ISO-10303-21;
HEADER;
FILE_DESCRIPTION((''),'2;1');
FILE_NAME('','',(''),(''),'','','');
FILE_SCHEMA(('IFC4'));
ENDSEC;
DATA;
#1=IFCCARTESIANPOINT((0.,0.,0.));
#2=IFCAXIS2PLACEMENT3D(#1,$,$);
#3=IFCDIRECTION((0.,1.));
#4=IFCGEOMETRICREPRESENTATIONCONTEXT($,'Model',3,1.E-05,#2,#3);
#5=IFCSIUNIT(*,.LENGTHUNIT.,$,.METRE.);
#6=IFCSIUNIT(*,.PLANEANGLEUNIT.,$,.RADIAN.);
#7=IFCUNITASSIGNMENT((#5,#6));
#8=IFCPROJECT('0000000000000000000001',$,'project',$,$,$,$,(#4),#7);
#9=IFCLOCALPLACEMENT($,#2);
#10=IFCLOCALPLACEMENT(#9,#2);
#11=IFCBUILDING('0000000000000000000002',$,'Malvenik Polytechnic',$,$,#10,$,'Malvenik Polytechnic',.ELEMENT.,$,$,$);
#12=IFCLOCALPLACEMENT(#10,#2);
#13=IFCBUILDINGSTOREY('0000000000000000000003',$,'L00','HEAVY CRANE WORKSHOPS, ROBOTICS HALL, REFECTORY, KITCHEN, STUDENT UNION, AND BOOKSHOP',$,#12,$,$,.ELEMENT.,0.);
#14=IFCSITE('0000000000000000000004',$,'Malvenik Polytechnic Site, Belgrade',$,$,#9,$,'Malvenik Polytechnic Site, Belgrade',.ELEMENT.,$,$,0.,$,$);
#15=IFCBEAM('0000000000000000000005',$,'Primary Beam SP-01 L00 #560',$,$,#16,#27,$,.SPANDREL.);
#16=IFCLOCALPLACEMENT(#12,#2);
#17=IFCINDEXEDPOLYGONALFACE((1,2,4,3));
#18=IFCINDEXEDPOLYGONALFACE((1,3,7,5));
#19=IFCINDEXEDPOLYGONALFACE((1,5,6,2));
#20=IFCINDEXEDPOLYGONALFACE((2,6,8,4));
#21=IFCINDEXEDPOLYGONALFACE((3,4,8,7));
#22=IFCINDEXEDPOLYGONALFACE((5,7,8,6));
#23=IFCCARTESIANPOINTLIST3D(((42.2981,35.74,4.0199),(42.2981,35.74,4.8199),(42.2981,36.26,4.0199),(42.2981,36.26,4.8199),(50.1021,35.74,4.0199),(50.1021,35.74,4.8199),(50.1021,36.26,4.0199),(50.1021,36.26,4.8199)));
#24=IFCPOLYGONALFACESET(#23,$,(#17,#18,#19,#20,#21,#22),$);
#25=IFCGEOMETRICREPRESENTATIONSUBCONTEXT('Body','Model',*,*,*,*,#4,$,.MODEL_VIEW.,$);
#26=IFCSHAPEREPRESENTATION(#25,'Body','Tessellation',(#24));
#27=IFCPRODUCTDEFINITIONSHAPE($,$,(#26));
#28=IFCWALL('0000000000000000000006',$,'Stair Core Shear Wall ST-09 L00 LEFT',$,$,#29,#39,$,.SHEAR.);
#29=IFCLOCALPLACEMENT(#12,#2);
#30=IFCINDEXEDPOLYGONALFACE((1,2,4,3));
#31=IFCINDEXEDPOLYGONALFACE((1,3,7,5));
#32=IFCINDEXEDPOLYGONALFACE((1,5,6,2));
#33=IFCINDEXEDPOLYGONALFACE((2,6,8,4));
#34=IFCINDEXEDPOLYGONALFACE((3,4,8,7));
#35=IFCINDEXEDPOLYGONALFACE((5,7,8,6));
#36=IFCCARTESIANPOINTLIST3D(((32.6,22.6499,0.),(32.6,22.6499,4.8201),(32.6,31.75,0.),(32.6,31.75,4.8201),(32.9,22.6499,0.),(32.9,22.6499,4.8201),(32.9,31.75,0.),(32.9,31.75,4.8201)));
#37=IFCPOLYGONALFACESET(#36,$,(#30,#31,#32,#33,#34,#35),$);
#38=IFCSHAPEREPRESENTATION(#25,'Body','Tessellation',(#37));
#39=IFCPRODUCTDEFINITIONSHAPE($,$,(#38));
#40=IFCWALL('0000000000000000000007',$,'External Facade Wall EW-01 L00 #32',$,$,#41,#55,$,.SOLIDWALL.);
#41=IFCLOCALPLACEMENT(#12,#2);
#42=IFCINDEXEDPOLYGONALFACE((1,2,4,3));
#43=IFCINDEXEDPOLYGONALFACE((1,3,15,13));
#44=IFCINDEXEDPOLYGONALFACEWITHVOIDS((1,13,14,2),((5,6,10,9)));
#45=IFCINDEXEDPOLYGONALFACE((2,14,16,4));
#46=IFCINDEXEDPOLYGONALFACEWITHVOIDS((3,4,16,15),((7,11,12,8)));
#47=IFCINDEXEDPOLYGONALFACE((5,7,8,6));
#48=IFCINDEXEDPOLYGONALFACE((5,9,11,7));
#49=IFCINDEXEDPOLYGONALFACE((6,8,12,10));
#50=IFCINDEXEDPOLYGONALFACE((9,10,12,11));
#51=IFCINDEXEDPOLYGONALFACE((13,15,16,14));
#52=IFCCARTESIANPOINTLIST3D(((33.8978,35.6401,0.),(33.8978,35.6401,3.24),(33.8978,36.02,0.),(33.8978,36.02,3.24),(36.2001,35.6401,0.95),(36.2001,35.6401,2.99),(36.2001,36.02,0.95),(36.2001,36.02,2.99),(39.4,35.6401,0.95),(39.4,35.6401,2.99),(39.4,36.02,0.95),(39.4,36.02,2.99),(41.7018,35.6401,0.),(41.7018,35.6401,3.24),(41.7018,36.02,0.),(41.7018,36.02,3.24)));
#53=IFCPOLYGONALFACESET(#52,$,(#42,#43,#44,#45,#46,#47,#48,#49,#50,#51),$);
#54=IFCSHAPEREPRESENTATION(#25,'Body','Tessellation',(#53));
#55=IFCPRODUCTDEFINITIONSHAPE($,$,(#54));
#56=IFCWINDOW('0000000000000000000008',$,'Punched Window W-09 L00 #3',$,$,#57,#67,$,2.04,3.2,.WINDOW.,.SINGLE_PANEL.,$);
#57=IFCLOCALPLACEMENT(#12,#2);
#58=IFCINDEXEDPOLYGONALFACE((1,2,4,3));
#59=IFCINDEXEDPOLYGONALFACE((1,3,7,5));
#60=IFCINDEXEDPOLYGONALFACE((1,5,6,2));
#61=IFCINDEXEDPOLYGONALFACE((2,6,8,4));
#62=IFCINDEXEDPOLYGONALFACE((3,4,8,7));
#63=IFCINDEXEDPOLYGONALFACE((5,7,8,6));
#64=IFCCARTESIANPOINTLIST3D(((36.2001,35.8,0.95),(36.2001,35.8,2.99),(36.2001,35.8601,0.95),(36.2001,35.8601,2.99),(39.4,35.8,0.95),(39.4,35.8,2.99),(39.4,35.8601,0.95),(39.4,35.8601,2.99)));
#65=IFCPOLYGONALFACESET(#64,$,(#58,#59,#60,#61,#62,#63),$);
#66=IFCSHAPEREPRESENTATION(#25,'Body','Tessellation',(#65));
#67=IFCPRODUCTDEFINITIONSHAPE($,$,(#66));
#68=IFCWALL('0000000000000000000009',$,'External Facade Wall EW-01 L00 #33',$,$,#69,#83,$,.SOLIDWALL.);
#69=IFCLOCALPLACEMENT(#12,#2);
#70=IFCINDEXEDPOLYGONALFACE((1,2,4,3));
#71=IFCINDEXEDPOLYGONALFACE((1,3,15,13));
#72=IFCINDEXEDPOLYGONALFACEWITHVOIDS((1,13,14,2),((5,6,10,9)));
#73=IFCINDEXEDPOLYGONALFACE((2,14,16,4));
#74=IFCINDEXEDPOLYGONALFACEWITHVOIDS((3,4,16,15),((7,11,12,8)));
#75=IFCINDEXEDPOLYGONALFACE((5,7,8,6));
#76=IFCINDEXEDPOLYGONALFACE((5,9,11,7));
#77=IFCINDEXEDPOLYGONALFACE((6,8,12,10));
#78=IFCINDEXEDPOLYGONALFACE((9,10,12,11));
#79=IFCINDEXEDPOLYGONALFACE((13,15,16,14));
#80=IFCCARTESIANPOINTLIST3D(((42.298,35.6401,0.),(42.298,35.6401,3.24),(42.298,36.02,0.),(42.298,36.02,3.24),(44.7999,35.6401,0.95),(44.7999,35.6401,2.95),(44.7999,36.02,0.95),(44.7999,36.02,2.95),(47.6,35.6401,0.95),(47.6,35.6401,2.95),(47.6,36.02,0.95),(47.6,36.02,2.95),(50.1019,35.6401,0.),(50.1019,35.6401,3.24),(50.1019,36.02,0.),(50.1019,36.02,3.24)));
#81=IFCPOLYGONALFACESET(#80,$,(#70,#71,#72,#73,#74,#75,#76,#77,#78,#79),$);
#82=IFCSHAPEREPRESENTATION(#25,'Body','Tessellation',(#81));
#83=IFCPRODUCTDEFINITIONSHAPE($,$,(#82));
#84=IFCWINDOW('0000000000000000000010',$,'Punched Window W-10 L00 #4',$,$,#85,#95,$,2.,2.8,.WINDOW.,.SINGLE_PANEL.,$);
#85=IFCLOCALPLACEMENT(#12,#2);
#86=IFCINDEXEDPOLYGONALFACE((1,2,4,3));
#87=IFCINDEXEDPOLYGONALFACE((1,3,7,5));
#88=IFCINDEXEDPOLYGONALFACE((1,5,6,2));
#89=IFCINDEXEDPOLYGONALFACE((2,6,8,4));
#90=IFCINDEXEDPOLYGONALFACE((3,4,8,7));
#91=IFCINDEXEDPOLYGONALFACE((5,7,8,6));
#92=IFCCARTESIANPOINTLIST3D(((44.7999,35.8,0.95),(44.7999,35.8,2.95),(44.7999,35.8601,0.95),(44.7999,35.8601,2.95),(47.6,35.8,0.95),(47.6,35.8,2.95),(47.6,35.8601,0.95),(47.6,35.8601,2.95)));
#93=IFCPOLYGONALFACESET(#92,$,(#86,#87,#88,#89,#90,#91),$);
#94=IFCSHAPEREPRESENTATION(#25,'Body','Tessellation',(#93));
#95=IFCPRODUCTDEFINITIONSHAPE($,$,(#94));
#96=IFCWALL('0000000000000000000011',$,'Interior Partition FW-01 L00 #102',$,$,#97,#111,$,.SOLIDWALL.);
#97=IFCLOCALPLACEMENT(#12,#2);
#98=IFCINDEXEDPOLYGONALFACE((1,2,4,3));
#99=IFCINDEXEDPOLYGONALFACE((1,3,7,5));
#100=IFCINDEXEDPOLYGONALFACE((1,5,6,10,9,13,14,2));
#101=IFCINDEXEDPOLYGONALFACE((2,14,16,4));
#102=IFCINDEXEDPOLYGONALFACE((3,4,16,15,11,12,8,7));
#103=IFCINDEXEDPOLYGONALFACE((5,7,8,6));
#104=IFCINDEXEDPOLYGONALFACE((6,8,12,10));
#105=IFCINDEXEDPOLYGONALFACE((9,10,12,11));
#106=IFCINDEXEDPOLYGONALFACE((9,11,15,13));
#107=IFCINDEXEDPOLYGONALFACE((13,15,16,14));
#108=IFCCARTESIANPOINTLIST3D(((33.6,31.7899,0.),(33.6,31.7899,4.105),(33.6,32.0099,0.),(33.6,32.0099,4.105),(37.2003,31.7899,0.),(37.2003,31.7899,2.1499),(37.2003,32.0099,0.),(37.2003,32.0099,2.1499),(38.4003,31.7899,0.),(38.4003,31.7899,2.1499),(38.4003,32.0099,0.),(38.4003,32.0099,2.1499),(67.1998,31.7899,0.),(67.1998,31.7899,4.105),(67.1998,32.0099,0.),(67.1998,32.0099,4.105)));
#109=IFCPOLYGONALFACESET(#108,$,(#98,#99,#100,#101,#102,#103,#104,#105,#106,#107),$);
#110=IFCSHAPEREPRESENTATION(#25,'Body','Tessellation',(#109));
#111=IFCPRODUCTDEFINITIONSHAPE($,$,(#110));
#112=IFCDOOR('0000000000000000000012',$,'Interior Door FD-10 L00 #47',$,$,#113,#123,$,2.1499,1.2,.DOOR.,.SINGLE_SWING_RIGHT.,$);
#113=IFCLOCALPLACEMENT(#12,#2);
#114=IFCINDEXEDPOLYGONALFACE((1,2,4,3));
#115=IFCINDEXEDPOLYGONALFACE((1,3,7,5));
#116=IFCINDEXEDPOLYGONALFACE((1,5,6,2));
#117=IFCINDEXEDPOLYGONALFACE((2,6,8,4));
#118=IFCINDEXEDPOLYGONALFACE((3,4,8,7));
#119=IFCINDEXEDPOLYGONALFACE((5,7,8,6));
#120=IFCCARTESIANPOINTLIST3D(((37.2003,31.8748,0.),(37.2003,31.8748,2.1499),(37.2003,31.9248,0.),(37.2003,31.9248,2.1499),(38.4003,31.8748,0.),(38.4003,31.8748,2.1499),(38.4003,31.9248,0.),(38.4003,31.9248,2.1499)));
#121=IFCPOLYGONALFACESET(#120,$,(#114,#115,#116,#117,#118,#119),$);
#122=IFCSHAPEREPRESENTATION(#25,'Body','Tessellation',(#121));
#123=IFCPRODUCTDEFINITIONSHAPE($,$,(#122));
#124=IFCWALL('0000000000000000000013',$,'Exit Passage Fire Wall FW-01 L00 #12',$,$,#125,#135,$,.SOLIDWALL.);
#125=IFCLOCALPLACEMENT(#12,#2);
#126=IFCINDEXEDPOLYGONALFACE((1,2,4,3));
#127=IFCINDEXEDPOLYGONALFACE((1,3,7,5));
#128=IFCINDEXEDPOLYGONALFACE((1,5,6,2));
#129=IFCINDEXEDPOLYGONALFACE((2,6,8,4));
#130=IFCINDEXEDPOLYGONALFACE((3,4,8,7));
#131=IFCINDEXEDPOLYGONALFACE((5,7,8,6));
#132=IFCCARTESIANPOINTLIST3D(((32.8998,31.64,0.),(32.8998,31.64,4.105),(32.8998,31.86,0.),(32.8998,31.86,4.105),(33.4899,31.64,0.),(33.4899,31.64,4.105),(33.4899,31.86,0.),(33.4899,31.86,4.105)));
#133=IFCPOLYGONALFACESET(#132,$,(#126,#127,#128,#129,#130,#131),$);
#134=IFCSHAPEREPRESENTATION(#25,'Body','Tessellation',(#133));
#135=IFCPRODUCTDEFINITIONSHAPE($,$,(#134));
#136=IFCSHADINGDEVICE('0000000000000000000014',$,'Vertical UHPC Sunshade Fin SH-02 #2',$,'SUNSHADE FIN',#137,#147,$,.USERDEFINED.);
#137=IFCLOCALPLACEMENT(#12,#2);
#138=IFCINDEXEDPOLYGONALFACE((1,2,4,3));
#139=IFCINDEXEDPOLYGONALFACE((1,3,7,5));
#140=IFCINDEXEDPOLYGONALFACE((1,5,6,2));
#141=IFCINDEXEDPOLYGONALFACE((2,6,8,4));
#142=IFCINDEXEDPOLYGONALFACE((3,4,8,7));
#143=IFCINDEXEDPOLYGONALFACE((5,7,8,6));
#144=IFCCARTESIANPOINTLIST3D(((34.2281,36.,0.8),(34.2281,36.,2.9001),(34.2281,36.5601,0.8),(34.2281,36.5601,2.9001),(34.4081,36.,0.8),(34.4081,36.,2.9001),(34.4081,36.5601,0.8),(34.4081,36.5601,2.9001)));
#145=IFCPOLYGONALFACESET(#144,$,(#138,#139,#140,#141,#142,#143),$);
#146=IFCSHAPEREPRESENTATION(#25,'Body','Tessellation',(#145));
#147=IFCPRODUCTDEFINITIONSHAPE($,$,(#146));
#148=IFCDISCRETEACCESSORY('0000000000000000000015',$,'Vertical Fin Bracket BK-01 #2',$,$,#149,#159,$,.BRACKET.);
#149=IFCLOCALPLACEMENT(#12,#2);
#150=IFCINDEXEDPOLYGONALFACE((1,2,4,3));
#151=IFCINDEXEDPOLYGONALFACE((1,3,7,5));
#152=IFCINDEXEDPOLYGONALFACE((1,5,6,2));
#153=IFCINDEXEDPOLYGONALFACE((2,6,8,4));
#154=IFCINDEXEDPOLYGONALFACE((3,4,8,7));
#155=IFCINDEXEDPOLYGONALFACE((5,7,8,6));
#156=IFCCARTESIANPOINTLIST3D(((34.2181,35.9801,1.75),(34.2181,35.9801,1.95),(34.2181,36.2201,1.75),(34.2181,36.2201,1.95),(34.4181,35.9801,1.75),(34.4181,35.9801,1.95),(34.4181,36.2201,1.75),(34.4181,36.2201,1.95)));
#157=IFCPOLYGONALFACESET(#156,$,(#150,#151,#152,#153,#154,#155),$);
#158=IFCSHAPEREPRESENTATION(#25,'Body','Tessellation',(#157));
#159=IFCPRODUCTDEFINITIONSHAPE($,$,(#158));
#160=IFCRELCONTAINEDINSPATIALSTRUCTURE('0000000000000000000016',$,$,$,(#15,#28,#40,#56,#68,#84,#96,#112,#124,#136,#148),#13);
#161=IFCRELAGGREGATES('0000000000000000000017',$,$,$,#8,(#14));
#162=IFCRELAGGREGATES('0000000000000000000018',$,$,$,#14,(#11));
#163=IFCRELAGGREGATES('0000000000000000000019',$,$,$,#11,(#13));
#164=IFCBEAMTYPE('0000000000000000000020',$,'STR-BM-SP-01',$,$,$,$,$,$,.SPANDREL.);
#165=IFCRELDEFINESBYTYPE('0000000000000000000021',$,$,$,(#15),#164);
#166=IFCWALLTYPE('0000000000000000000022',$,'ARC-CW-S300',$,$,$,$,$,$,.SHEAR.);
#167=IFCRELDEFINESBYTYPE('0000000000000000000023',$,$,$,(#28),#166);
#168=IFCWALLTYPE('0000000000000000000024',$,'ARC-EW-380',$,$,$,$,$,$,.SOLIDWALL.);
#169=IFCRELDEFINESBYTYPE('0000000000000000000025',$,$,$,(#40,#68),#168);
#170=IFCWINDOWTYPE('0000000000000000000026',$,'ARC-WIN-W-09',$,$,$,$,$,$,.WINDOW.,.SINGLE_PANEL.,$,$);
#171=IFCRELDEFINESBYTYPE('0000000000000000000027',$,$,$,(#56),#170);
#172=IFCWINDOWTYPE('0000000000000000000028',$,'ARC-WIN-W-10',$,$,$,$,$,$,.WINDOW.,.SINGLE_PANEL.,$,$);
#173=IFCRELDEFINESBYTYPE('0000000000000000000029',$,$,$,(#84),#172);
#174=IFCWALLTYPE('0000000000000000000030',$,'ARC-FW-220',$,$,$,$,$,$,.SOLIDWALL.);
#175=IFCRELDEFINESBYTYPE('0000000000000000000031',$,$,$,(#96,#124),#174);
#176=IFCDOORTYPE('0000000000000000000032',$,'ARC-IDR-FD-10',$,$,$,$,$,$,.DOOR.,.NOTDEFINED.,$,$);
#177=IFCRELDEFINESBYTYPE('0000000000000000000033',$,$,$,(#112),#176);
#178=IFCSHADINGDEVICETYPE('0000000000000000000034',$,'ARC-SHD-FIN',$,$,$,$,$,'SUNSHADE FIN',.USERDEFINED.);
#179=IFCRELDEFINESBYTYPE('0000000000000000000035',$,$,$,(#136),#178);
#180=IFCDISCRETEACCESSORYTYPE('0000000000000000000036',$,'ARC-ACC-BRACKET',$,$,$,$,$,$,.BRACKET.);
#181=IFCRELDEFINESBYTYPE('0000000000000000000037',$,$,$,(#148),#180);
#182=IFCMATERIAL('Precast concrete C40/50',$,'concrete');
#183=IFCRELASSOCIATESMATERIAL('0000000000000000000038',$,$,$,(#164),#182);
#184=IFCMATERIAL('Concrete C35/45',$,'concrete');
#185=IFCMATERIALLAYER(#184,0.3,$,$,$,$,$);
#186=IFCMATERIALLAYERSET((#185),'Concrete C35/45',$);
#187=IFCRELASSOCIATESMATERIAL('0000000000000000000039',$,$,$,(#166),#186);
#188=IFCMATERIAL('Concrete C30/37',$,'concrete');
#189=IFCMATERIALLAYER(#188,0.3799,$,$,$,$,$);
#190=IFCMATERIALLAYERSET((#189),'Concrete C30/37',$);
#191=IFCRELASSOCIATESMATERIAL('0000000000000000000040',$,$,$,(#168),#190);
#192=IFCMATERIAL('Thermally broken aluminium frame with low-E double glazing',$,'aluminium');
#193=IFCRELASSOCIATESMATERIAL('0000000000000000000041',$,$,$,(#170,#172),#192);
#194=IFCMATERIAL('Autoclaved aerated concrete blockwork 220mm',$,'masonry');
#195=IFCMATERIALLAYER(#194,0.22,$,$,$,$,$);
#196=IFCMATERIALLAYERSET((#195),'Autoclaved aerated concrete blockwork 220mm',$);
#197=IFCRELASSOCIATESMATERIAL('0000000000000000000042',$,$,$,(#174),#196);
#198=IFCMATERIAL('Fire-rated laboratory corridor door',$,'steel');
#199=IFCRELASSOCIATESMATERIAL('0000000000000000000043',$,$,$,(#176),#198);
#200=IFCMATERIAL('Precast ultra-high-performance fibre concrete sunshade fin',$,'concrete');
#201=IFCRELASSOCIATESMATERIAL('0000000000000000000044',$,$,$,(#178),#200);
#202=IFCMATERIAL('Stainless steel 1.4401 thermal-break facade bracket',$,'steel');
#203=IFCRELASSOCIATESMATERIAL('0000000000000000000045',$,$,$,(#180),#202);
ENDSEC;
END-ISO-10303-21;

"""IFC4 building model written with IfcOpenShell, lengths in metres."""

from ifc_helpers import new_model, si_unit, direction, frame, frame_2d, origin, origin_2d, place, context, subcontext, project, spatial, rectangle, extrude, material, layer, layer_set, material_profile, profile_set, type_object, element, fill, save


model = new_model("IFC4")

# Units and contexts
model_context = context("Model", 3, precision=1e-05, world=origin(), true_north=direction((0.0, 1.0)))
body_context = subcontext(model_context, "Body", "Model", "MODEL_VIEW")
ifc_project = project(units=[si_unit("LENGTHUNIT", "METRE"), si_unit("PLANEANGLEUNIT", "RADIAN")], contexts=[model_context])

# Site, building, storey
site_placement = place(None, origin())
site = spatial("IfcSite", under=ifc_project, at=site_placement, Name="Malvenik Polytechnic Site, Belgrade", LongName="Malvenik Polytechnic Site, Belgrade", CompositionType="ELEMENT", RefElevation=0.0)
building_placement = place(site_placement, origin())
building = spatial("IfcBuilding", under=site, at=building_placement, Name="Malvenik Polytechnic", LongName="Malvenik Polytechnic", CompositionType="ELEMENT")
storey_placement = place(building_placement, origin())
storey = spatial("IfcBuildingStorey", under=building, at=storey_placement, Name="L00", Description="HEAVY CRANE WORKSHOPS, ROBOTICS HALL, REFECTORY, KITCHEN, STUDENT UNION, AND BOOKSHOP", CompositionType="ELEMENT", Elevation=0.0)

# Shared definitions
ifc_material_1 = material(Name="Concrete C35/45", Category="concrete")

# Beam
ifc_material_2 = material(Name="Precast concrete C40/50", Category="concrete")
ifc_material_profile_1 = material_profile(ifc_material_2, rectangle(XDim=0.52, YDim=0.8, at=origin_2d()), Name="PC SPN 520x800")
ifc_profile_set_1 = profile_set([ifc_material_profile_1], Name="Precast concrete C40/50")
beam_type_1 = type_object("IfcBeamType", Name="STR-BM-SP-01", PredefinedType="SPANDREL", material=ifc_profile_set_1)
for number, where, z_axis, x_axis, name in (
    (1, (42.2981, 36.0, 4.4199), (1.0, 0.0, 0.0), (0.0, 1.0, 0.0), "Primary Beam SP-01 L00 #560"),
):
    element("IfcBeam", number, at=place(storey_placement, frame(where, z_axis=z_axis, x_axis=x_axis)), inside=storey, type_object=beam_type_1, Name=name, PredefinedType="SPANDREL", context=body_context, shape_type="SweptSolid", body=[
        extrude(rectangle(XDim=0.52, YDim=0.8, at=origin_2d()), origin(), (0.0, 0.0, 1.0), 7.804),
    ])

# Wall
ifc_layer_1 = layer(ifc_material_1, 0.3)
ifc_layer_set_1 = layer_set([ifc_layer_1], Name="Concrete C35/45")
wall_type_1 = type_object("IfcWallType", Name="ARC-CW-S300", PredefinedType="SHEAR", material=ifc_layer_set_1)
wall_1_placement = place(storey_placement, frame((32.75, 31.75, 0.0), z_axis=(0.0, 0.0, 1.0), x_axis=(0.0, -1.0, 0.0)))
element("IfcWall", 2, at=wall_1_placement, inside=storey, type_object=wall_type_1, Name="Stair Core Shear Wall ST-09 L00 LEFT", PredefinedType="SHEAR", context=body_context, shape_type="SweptSolid", body=[
    extrude(rectangle(XDim=9.1001, YDim=0.3, at=frame_2d((4.55, 0.0))), origin(), (0.0, 0.0, 1.0), 4.8201),
])

# Walls, openings, windows
ifc_material_3 = material(Name="Concrete C30/37", Category="concrete")
ifc_layer_2 = layer(ifc_material_3, 0.3799)
ifc_layer_set_2 = layer_set([ifc_layer_2], Name="Concrete C30/37")
wall_type_2 = type_object("IfcWallType", Name="ARC-EW-380", PredefinedType="SOLIDWALL", material=ifc_layer_set_2)
wall_2_placement = place(storey_placement, frame((33.8979, 35.8301, 0.0), z_axis=(0.0, 0.0, 1.0), x_axis=(1.0, 0.0, 0.0)))
wall_2 = element("IfcWall", 3, at=wall_2_placement, inside=storey, type_object=wall_type_2, Name="External Facade Wall EW-01 L00 #32", PredefinedType="SOLIDWALL", context=body_context, shape_type="SweptSolid", body=[
    extrude(rectangle(XDim=7.804, YDim=0.3799, at=frame_2d((3.9019, 0.0))), origin(), (0.0, 0.0, 1.0), 3.24),
])
opening_1_placement = place(wall_2_placement, frame((2.302, 0.0, 0.95)))
opening_1 = element("IfcOpeningElement", 4, at=opening_1_placement, cuts=wall_2, PredefinedType="OPENING", context=body_context, shape_type="SweptSolid", body=[
    extrude(rectangle(XDim=3.2, YDim=2.04, at=frame_2d((1.6001, 1.02))), frame((0.0, 0.2, 0.0), z_axis=(0.0, -1.0, 0.0), x_axis=(1.0, 0.0, 0.0)), (0.0, 0.0, 1.0), 0.3999),
])
ifc_material_4 = material(Name="Thermally broken aluminium frame with low-E double glazing", Category="aluminium")
window_type_1 = type_object("IfcWindowType", Name="ARC-WIN-W-09", PartitioningType="SINGLE_PANEL", PredefinedType="WINDOW", material=ifc_material_4)
window_1_placement = place(opening_1_placement, origin())
window_1 = element("IfcWindow", 5, at=window_1_placement, inside=storey, type_object=window_type_1, Name="Punched Window W-09 L00 #3", OverallHeight=2.04, OverallWidth=3.2, PartitioningType="SINGLE_PANEL", PredefinedType="WINDOW", context=body_context, shape_type="SweptSolid", body=[
    extrude(rectangle(XDim=3.2, YDim=2.04, at=frame_2d((1.6001, 1.02))), frame((0.0, 0.03, 0.0), z_axis=(0.0, -1.0, 0.0), x_axis=(1.0, 0.0, 0.0)), (0.0, 0.0, 1.0), 0.0601),
])
fill(opening_1, window_1)
wall_3_placement = place(storey_placement, frame((42.2981, 35.8301, 0.0), z_axis=(0.0, 0.0, 1.0), x_axis=(1.0, 0.0, 0.0)))
wall_3 = element("IfcWall", 6, at=wall_3_placement, inside=storey, type_object=wall_type_2, Name="External Facade Wall EW-01 L00 #33", PredefinedType="SOLIDWALL", context=body_context, shape_type="SweptSolid", body=[
    extrude(rectangle(XDim=7.804, YDim=0.3799, at=frame_2d((3.9019, 0.0))), origin(), (0.0, 0.0, 1.0), 3.24),
])
opening_2_placement = place(wall_3_placement, frame((2.502, 0.0, 0.95)))
opening_2 = element("IfcOpeningElement", 7, at=opening_2_placement, cuts=wall_3, PredefinedType="OPENING", context=body_context, shape_type="SweptSolid", body=[
    extrude(rectangle(XDim=2.8, YDim=2.0, at=frame_2d((1.3999, 1.0))), frame((0.0, 0.2, 0.0), z_axis=(0.0, -1.0, 0.0), x_axis=(1.0, 0.0, 0.0)), (0.0, 0.0, 1.0), 0.3999),
])
window_type_2 = type_object("IfcWindowType", Name="ARC-WIN-W-10", PartitioningType="SINGLE_PANEL", PredefinedType="WINDOW", material=ifc_material_4)
window_2_placement = place(opening_2_placement, origin())
window_2 = element("IfcWindow", 8, at=window_2_placement, inside=storey, type_object=window_type_2, Name="Punched Window W-10 L00 #4", OverallHeight=2.0, OverallWidth=2.8, PartitioningType="SINGLE_PANEL", PredefinedType="WINDOW", context=body_context, shape_type="SweptSolid", body=[
    extrude(rectangle(XDim=2.8, YDim=2.0, at=frame_2d((1.3999, 1.0))), frame((0.0, 0.03, 0.0), z_axis=(0.0, -1.0, 0.0), x_axis=(1.0, 0.0, 0.0)), (0.0, 0.0, 1.0), 0.0601),
])
fill(opening_2, window_2)

# Wall, opening, door
ifc_material_5 = material(Name="Autoclaved aerated concrete blockwork 220mm", Category="masonry")
ifc_layer_3 = layer(ifc_material_5, 0.22)
ifc_layer_set_3 = layer_set([ifc_layer_3], Name="Autoclaved aerated concrete blockwork 220mm")
wall_type_3 = type_object("IfcWallType", Name="ARC-FW-220", PredefinedType="SOLIDWALL", material=ifc_layer_set_3)
wall_4_placement = place(storey_placement, frame((33.6001, 31.8999, 0.0), z_axis=(0.0, 0.0, 1.0), x_axis=(1.0, 0.0, 0.0)))
wall_4 = element("IfcWall", 9, at=wall_4_placement, inside=storey, type_object=wall_type_3, Name="Interior Partition FW-01 L00 #102", PredefinedType="SOLIDWALL", context=body_context, shape_type="SweptSolid", body=[
    extrude(rectangle(XDim=33.5999, YDim=0.22, at=frame_2d((16.7998, 0.0))), origin(), (0.0, 0.0, 1.0), 4.105),
])
opening_3_placement = place(wall_4_placement, frame((3.6001, 0.0, 0.0)))
opening_3 = element("IfcOpeningElement", 10, at=opening_3_placement, cuts=wall_4, PredefinedType="OPENING", context=body_context, shape_type="SweptSolid", body=[
    extrude(rectangle(XDim=1.2, YDim=2.1499, at=frame_2d((0.6001, 1.075))), frame((0.0, 0.1201, 0.0), z_axis=(0.0, -1.0, 0.0), x_axis=(1.0, 0.0, 0.0)), (0.0, 0.0, 1.0), 0.24),
])
ifc_material_6 = material(Name="Fire-rated laboratory corridor door", Category="steel")
door_type = type_object("IfcDoorType", Name="ARC-IDR-FD-10", OperationType="NOTDEFINED", PredefinedType="DOOR", material=ifc_material_6)
door_placement = place(opening_3_placement, origin())
door = element("IfcDoor", 11, at=door_placement, inside=storey, type_object=door_type, Name="Interior Door FD-10 L00 #47", OperationType="SINGLE_SWING_RIGHT", OverallHeight=2.1499, OverallWidth=1.2, PredefinedType="DOOR", context=body_context, shape_type="SweptSolid", body=[
    extrude(rectangle(XDim=1.2, YDim=2.1499, at=frame_2d((0.6001, 1.075))), frame((0.0, 0.0249, 0.0), z_axis=(0.0, -1.0, 0.0), x_axis=(1.0, 0.0, 0.0)), (0.0, 0.0, 1.0), 0.05),
])
fill(opening_3, door)

# Wall
wall_5_placement = place(storey_placement, frame((32.8999, 31.75, 0.0), z_axis=(0.0, 0.0, 1.0), x_axis=(1.0, 0.0, 0.0)))
element("IfcWall", 12, at=wall_5_placement, inside=storey, type_object=wall_type_3, Name="Exit Passage Fire Wall FW-01 L00 #12", PredefinedType="SOLIDWALL", context=body_context, shape_type="SweptSolid", body=[
    extrude(rectangle(XDim=0.5901, YDim=0.22, at=frame_2d((0.2949, 0.0))), origin(), (0.0, 0.0, 1.0), 4.105),
])

# Shading device
ifc_material_7 = material(Name="Precast ultra-high-performance fibre concrete sunshade fin", Category="concrete")
shading_device_type = type_object("IfcShadingDeviceType", Name="ARC-SHD-FIN", ElementType="SUNSHADE FIN", PredefinedType="USERDEFINED", material=ifc_material_7)
shading_device_placement = place(storey_placement, frame((34.3181, 36.28, 0.8), z_axis=(0.0, 0.0, 1.0), x_axis=(1.0, 0.0, 0.0)))
element("IfcShadingDevice", 13, at=shading_device_placement, inside=storey, type_object=shading_device_type, Name="Vertical UHPC Sunshade Fin SH-02 #2", ObjectType="SUNSHADE FIN", PredefinedType="USERDEFINED", context=body_context, shape_type="SweptSolid", body=[
    extrude(rectangle(XDim=0.1799, YDim=0.5601, at=origin_2d()), origin(), (0.0, 0.0, 1.0), 2.1001),
])

# Discrete accessory
ifc_material_8 = material(Name="Stainless steel 1.4401 thermal-break facade bracket", Category="steel")
discrete_accessory_type = type_object("IfcDiscreteAccessoryType", Name="ARC-ACC-BRACKET", PredefinedType="BRACKET", material=ifc_material_8)
discrete_accessory_placement = place(storey_placement, frame((34.3181, 36.1001, 1.75), z_axis=(0.0, 0.0, 1.0), x_axis=(1.0, 0.0, 0.0)))
element("IfcDiscreteAccessory", 14, at=discrete_accessory_placement, inside=storey, type_object=discrete_accessory_type, Name="Vertical Fin Bracket BK-01 #2", PredefinedType="BRACKET", context=body_context, shape_type="SweptSolid", body=[
    extrude(rectangle(XDim=0.2, YDim=0.24, at=origin_2d()), origin(), (0.0, 0.0, 1.0), 0.2),
])

save(model, "model.ifc")
